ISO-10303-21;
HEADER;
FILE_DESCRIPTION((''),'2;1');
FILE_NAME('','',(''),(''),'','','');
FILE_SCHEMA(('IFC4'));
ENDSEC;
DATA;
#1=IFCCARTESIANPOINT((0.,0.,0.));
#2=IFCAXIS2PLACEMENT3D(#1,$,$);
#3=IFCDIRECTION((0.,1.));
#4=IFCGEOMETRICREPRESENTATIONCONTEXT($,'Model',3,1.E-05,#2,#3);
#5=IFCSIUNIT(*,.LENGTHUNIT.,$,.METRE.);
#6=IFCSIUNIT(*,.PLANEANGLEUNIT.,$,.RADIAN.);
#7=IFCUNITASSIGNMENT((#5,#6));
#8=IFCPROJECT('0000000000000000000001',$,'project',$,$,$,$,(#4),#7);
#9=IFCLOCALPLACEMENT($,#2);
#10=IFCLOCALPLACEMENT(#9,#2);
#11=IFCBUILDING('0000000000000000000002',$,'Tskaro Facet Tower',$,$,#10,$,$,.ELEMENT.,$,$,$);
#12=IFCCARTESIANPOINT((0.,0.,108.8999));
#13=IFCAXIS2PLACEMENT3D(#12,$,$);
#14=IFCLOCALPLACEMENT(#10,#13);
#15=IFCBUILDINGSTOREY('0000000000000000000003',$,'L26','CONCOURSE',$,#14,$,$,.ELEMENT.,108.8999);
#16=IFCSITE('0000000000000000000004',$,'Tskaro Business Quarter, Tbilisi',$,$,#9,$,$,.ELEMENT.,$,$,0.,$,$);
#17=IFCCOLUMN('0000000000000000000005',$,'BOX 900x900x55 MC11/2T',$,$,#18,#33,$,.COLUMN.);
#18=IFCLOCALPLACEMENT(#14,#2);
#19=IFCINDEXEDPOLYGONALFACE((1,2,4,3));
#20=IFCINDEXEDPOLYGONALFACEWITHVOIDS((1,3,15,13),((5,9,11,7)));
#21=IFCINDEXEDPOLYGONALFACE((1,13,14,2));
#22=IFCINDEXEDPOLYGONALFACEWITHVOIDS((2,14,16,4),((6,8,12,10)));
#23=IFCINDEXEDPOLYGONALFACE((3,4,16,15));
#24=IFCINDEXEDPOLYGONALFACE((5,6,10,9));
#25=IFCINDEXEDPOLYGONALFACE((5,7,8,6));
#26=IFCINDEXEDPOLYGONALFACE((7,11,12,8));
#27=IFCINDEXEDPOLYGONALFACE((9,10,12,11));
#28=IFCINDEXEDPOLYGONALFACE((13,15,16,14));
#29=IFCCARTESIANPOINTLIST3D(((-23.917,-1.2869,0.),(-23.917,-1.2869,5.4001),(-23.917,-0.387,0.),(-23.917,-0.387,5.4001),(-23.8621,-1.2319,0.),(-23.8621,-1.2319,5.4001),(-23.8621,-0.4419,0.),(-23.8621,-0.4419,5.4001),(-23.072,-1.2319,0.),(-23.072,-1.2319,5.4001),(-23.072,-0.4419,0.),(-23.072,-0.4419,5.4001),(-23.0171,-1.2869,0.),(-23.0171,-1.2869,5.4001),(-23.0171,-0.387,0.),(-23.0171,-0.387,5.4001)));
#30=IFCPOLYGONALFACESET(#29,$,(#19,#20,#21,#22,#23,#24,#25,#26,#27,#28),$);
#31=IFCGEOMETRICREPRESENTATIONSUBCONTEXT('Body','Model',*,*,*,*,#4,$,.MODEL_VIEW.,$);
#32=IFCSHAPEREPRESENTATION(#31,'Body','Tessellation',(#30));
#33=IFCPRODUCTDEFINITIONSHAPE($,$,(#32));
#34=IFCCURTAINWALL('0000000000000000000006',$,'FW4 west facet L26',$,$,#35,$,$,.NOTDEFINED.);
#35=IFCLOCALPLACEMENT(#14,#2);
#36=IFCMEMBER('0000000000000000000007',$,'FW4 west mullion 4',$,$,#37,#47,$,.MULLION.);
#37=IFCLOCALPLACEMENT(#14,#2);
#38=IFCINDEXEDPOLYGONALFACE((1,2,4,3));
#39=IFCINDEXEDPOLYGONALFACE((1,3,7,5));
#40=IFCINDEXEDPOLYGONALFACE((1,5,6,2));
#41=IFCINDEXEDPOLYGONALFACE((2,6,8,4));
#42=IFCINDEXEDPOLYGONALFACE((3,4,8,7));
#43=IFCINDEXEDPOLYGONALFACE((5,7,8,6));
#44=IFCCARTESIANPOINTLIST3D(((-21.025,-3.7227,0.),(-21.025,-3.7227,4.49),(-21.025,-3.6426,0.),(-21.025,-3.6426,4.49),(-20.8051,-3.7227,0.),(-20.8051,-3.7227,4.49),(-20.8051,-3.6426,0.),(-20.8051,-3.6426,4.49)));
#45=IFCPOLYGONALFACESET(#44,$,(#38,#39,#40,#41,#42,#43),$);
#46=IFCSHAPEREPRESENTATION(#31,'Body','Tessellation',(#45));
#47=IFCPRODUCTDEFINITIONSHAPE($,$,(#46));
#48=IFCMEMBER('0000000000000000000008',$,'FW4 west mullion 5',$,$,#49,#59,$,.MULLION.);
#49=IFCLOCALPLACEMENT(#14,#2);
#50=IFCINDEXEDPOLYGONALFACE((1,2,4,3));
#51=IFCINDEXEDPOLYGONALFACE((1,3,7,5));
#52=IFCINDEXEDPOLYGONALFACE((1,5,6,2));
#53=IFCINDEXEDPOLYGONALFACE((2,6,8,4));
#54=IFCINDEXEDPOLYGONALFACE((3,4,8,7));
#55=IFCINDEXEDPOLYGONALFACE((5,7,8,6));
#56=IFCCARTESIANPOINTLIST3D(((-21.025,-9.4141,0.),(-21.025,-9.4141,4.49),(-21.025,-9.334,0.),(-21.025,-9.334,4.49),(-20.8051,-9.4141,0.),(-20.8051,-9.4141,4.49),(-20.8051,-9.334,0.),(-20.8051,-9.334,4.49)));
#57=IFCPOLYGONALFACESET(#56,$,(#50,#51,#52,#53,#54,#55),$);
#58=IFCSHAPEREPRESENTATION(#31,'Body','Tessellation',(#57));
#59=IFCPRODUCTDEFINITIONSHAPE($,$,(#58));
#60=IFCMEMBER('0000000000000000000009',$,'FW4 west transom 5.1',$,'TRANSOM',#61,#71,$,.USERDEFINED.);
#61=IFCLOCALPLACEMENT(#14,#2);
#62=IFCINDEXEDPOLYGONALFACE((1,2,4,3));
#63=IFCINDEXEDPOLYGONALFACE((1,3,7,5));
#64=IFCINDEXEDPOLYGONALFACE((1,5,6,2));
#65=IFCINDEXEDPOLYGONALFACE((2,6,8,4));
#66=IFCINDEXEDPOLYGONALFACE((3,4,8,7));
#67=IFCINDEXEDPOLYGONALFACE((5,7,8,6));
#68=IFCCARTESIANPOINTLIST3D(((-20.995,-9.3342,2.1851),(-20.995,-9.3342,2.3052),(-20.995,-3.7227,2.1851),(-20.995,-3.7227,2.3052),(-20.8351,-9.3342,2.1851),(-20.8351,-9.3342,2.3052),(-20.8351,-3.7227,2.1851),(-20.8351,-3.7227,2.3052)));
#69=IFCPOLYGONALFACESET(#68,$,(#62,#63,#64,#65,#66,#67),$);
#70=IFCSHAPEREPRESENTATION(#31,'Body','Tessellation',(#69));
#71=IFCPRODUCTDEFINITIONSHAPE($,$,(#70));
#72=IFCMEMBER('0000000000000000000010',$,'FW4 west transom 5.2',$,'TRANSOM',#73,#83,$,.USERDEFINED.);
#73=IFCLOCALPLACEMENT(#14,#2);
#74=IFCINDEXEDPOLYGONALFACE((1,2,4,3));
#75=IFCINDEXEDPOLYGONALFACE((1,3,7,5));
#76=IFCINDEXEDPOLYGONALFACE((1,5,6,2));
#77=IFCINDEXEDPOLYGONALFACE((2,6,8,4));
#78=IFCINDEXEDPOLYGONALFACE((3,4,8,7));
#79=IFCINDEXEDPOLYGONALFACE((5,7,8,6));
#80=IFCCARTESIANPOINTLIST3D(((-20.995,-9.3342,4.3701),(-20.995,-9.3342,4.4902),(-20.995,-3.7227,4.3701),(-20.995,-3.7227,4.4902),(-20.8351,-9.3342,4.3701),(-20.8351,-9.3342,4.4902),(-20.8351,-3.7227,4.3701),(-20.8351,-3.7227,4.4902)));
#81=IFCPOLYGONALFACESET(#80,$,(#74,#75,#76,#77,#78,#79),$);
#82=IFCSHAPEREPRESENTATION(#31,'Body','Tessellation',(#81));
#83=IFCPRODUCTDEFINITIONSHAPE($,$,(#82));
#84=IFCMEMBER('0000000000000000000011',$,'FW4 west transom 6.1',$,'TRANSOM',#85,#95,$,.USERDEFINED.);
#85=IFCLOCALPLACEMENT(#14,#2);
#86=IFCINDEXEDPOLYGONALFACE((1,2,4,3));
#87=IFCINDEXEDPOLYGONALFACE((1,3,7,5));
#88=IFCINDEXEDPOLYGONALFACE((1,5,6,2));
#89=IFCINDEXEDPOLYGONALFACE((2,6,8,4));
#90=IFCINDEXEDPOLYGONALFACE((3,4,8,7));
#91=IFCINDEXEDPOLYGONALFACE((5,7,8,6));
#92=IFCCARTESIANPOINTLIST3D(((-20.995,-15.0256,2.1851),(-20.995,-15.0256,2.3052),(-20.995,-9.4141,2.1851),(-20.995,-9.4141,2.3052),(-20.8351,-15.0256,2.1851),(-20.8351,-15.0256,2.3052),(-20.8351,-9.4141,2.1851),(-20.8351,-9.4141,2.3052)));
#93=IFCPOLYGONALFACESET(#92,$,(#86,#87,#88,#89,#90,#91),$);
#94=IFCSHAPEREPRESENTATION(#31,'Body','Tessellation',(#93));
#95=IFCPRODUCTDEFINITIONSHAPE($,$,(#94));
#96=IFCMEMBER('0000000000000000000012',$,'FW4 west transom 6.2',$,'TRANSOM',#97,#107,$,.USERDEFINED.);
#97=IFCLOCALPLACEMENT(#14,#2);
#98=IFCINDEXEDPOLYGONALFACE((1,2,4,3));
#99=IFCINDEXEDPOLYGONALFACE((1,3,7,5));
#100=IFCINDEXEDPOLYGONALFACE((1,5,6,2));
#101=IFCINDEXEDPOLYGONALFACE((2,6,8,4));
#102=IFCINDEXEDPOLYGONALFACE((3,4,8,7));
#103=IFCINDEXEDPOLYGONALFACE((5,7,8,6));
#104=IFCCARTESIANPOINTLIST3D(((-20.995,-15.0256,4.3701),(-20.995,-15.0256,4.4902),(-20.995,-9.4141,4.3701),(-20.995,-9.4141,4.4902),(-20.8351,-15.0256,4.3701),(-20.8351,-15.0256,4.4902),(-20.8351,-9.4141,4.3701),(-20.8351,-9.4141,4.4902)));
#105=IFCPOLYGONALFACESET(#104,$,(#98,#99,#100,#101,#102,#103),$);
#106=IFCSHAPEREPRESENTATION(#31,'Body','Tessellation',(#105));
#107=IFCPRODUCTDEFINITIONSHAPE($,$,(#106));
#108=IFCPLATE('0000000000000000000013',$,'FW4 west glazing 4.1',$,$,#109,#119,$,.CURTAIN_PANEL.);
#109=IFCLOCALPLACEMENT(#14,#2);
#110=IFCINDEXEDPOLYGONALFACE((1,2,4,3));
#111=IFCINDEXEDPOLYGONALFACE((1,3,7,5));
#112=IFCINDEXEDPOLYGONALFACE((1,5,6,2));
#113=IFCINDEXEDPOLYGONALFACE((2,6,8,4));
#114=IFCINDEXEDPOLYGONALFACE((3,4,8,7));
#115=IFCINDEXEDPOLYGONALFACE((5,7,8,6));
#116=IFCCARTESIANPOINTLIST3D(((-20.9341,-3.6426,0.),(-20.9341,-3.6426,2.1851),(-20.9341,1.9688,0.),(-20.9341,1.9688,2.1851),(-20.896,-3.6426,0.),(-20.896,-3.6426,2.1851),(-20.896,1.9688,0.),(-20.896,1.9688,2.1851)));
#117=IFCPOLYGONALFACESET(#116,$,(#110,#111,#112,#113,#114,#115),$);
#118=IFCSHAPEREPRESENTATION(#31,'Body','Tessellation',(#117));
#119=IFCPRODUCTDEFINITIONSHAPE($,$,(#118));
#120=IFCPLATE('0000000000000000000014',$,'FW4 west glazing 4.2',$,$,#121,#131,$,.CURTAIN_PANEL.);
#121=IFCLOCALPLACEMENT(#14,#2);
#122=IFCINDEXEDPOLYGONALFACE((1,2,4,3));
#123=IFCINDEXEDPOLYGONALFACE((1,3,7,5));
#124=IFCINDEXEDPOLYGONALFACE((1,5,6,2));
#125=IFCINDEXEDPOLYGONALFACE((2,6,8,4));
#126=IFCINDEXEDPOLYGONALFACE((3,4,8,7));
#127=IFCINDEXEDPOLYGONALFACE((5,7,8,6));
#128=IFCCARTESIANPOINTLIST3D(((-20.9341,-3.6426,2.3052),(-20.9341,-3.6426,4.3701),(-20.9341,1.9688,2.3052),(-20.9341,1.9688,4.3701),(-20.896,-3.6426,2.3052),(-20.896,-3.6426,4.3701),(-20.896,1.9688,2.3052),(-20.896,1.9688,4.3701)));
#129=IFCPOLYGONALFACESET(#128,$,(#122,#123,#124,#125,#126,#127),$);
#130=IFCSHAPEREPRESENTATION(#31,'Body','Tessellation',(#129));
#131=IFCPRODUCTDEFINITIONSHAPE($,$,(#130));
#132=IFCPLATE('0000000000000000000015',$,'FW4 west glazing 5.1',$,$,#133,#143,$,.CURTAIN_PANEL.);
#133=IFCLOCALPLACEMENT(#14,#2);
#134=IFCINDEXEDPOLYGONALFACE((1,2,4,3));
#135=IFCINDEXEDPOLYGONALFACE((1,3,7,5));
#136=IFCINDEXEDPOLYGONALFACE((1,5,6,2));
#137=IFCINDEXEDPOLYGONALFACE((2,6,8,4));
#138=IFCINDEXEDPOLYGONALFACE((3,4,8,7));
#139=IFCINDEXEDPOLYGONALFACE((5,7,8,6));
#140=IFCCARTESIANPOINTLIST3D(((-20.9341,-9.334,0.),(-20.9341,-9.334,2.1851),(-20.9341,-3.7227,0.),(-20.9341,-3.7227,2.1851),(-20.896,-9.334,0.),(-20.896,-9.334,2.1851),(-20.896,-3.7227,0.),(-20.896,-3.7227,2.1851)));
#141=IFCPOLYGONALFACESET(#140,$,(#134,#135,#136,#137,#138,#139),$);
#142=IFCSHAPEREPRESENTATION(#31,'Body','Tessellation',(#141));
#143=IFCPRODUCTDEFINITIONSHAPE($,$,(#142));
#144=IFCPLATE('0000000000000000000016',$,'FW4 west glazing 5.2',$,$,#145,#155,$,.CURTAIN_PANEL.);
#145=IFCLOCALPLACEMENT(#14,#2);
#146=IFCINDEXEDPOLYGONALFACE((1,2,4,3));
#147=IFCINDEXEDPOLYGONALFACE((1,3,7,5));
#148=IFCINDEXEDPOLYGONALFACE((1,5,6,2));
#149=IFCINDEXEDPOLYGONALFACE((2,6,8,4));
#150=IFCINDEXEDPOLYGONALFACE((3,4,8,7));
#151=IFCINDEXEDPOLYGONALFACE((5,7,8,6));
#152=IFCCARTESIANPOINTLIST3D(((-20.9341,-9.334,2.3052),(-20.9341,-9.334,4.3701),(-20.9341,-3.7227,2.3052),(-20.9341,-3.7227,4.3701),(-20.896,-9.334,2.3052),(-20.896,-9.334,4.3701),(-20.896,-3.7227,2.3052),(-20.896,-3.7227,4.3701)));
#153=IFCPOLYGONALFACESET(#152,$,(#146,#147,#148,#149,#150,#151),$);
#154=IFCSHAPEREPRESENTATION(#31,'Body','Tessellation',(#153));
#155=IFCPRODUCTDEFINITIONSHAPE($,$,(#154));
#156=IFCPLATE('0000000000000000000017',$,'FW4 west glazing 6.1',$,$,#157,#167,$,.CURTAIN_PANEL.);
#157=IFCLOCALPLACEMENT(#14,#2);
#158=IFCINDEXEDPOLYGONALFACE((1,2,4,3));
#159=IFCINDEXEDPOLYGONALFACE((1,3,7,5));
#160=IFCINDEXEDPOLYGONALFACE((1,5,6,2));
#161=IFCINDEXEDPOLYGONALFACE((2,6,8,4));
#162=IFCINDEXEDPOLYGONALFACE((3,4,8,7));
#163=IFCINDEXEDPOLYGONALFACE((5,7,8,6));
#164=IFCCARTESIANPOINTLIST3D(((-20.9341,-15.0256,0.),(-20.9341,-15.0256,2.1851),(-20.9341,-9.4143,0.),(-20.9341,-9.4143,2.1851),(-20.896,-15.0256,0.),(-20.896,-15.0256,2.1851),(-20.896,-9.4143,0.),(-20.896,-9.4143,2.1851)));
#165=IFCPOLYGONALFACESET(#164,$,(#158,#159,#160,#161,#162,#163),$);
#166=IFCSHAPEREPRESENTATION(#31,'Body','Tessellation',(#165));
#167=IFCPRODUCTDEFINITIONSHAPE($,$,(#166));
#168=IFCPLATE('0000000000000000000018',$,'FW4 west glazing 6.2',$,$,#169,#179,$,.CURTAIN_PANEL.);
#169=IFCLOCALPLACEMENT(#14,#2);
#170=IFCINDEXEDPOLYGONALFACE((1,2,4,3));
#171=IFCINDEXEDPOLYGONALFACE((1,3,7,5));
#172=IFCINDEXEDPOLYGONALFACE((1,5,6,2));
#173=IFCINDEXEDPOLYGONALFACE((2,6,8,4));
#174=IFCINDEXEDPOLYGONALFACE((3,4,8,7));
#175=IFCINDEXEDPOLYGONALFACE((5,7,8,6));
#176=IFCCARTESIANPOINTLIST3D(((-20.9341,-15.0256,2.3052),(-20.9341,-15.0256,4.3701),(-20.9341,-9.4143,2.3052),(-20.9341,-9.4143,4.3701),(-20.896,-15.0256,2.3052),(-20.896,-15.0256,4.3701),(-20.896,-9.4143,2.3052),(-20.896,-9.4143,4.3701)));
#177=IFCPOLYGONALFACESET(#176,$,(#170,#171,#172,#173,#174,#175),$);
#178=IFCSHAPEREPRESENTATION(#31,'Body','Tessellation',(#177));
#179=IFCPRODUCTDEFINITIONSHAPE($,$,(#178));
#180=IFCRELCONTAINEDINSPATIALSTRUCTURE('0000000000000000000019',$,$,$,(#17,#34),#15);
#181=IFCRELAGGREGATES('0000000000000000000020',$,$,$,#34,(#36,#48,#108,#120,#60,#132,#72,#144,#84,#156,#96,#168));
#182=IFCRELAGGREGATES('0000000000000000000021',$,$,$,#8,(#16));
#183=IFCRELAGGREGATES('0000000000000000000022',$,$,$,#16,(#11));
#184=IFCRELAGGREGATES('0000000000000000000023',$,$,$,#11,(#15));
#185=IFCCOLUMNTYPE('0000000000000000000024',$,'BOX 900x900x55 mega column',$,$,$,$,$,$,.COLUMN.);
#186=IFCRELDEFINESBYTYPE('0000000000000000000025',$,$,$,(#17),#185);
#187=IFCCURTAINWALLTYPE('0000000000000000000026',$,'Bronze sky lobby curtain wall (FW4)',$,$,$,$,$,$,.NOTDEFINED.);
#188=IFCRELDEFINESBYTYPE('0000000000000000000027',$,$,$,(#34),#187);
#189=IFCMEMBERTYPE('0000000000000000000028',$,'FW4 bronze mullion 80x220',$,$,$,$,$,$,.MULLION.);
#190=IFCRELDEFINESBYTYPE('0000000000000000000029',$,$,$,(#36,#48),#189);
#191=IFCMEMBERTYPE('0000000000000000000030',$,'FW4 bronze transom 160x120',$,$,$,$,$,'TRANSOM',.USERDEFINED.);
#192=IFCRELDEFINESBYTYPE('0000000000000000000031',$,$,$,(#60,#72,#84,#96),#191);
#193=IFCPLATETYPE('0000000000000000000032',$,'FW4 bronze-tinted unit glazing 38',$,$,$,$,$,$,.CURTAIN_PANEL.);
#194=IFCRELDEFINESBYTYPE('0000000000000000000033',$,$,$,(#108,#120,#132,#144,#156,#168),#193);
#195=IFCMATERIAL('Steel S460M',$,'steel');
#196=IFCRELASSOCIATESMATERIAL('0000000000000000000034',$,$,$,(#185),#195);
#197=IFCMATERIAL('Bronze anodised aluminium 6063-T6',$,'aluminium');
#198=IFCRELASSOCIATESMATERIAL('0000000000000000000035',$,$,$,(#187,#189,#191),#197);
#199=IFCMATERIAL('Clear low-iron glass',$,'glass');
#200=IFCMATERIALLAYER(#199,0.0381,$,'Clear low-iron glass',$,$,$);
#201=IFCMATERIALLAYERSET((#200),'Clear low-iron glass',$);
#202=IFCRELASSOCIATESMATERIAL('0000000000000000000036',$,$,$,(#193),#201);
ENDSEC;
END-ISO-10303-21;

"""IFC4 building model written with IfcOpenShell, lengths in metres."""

from ifc_helpers import new_model, si_unit, direction, frame, origin, origin_2d, place, context, subcontext, project, spatial, rectangle, hollow_rectangle, extrude, material, layer, layer_set, material_profile, profile_set, type_object, element, aggregate, save


model = new_model("IFC4")

# Units and contexts
model_context = context("Model", 3, precision=1e-05, world=origin(), true_north=direction((0.0, 1.0)))
body_context = subcontext(model_context, "Body", "Model", "MODEL_VIEW")
ifc_project = project(units=[si_unit("LENGTHUNIT", "METRE"), si_unit("PLANEANGLEUNIT", "RADIAN")], contexts=[model_context])

# Site, building, storey
site_placement = place(None, origin())
site = spatial("IfcSite", under=ifc_project, at=site_placement, Name="Tskaro Business Quarter, Tbilisi", CompositionType="ELEMENT", RefElevation=0.0)
building_placement = place(site_placement, origin())
building = spatial("IfcBuilding", under=site, at=building_placement, Name="Tskaro Facet Tower", CompositionType="ELEMENT")
storey_placement = place(building_placement, frame((0.0, 0.0, 108.8999)))
storey = spatial("IfcBuildingStorey", under=building, at=storey_placement, Name="L26", Description="CONCOURSE", CompositionType="ELEMENT", Elevation=108.8999)

# Column
ifc_material_1 = material(Name="Steel S460M", Category="steel")
ifc_material_profile_1 = material_profile(ifc_material_1, hollow_rectangle(XDim=0.8999, YDim=0.8999, WallThickness=0.0549, at=origin_2d()), Name="BOX 900x900x55")
ifc_profile_set_1 = profile_set([ifc_material_profile_1], Name="Steel S460M")
column_type = type_object("IfcColumnType", Name="BOX 900x900x55 mega column", PredefinedType="COLUMN", material=ifc_profile_set_1)
column_placement = place(storey_placement, frame((-23.467, -0.8369, 0.0), z_axis=(0.0, 0.0, 1.0), x_axis=(1.0, 0.0, 0.0)))
element("IfcColumn", 1, at=column_placement, inside=storey, type_object=column_type, Name="BOX 900x900x55 MC11/2T", PredefinedType="COLUMN", context=body_context, shape_type="SweptSolid", body=[
    extrude(hollow_rectangle(XDim=0.8999, YDim=0.8999, WallThickness=0.0549, at=origin_2d()), origin(), (0.0, 0.0, 1.0), 5.4001),
])

# Curtain wall, members, plates
ifc_material_2 = material(Name="Bronze anodised aluminium 6063-T6", Category="aluminium")
curtain_wall_type = type_object("IfcCurtainWallType", Name="Bronze sky lobby curtain wall (FW4)", PredefinedType="NOTDEFINED", material=ifc_material_2)
curtain_wall_placement = place(storey_placement, origin())
curtain_wall = element("IfcCurtainWall", 2, at=curtain_wall_placement, inside=storey, type_object=curtain_wall_type, Name="FW4 west facet L26", PredefinedType="NOTDEFINED")
ifc_material_profile_2 = material_profile(ifc_material_2, rectangle(XDim=0.0801, YDim=0.22, at=origin_2d()), Name="Mullion 80x220")
ifc_profile_set_2 = profile_set([ifc_material_profile_2], Name="Bronze anodised aluminium 6063-T6")
member_type_1 = type_object("IfcMemberType", Name="FW4 bronze mullion 80x220", PredefinedType="MULLION", material=ifc_profile_set_2)
member_1_placement = place(storey_placement, frame((-20.915, -3.6826, 0.0), z_axis=(0.0, 0.0, 1.0), x_axis=(0.0, -1.0, 0.0)))
member_1 = element("IfcMember", 3, at=member_1_placement, type_object=member_type_1, Name="FW4 west mullion 4", PredefinedType="MULLION", context=body_context, shape_type="SweptSolid", body=[
    extrude(rectangle(XDim=0.0801, YDim=0.22, at=origin_2d()), origin(), (0.0, 0.0, 1.0), 4.49),
])
member_2_placement = place(storey_placement, frame((-20.915, -9.374, 0.0), z_axis=(0.0, 0.0, 1.0), x_axis=(0.0, -1.0, 0.0)))
member_2 = element("IfcMember", 4, at=member_2_placement, type_object=member_type_1, Name="FW4 west mullion 5", PredefinedType="MULLION", context=body_context, shape_type="SweptSolid", body=[
    extrude(rectangle(XDim=0.0801, YDim=0.22, at=origin_2d()), origin(), (0.0, 0.0, 1.0), 4.49),
])
ifc_material_profile_3 = material_profile(ifc_material_2, rectangle(XDim=0.1599, YDim=0.1201, at=origin_2d()), Name="Transom 160x120")
ifc_profile_set_3 = profile_set([ifc_material_profile_3], Name="Bronze anodised aluminium 6063-T6")
member_type_2 = type_object("IfcMemberType", Name="FW4 bronze transom 160x120", ElementType="TRANSOM", PredefinedType="USERDEFINED", material=ifc_profile_set_3)
member_3_placement = place(storey_placement, frame((-20.915, -3.7227, 2.2451), z_axis=(0.0, -1.0, 0.0), x_axis=(1.0, 0.0, 0.0)))
member_3 = element("IfcMember", 5, at=member_3_placement, type_object=member_type_2, Name="FW4 west transom 5.1", ObjectType="TRANSOM", PredefinedType="USERDEFINED", context=body_context, shape_type="SweptSolid", body=[
    extrude(rectangle(XDim=0.1599, YDim=0.1201, at=origin_2d()), origin(), (0.0, 0.0, 1.0), 5.6116),
])
member_4_placement = place(storey_placement, frame((-20.915, -3.7227, 4.4302), z_axis=(0.0, -1.0, 0.0), x_axis=(1.0, 0.0, 0.0)))
member_4 = element("IfcMember", 6, at=member_4_placement, type_object=member_type_2, Name="FW4 west transom 5.2", ObjectType="TRANSOM", PredefinedType="USERDEFINED", context=body_context, shape_type="SweptSolid", body=[
    extrude(rectangle(XDim=0.1599, YDim=0.1201, at=origin_2d()), origin(), (0.0, 0.0, 1.0), 5.6116),
])
member_5_placement = place(storey_placement, frame((-20.915, -9.4141, 2.2451), z_axis=(0.0, -1.0, 0.0), x_axis=(1.0, 0.0, 0.0)))
member_5 = element("IfcMember", 7, at=member_5_placement, type_object=member_type_2, Name="FW4 west transom 6.1", ObjectType="TRANSOM", PredefinedType="USERDEFINED", context=body_context, shape_type="SweptSolid", body=[
    extrude(rectangle(XDim=0.1599, YDim=0.1201, at=origin_2d()), origin(), (0.0, 0.0, 1.0), 5.6116),
])
member_6_placement = place(storey_placement, frame((-20.915, -9.4141, 4.4302), z_axis=(0.0, -1.0, 0.0), x_axis=(1.0, 0.0, 0.0)))
member_6 = element("IfcMember", 8, at=member_6_placement, type_object=member_type_2, Name="FW4 west transom 6.2", ObjectType="TRANSOM", PredefinedType="USERDEFINED", context=body_context, shape_type="SweptSolid", body=[
    extrude(rectangle(XDim=0.1599, YDim=0.1201, at=origin_2d()), origin(), (0.0, 0.0, 1.0), 5.6116),
])
ifc_material_3 = material(Name="Clear low-iron glass", Category="glass")
ifc_layer = layer(ifc_material_3, 0.0381, Name="Clear low-iron glass")
ifc_layer_set = layer_set([ifc_layer], Name="Clear low-iron glass")
plate_type = type_object("IfcPlateType", Name="FW4 bronze-tinted unit glazing 38", PredefinedType="CURTAIN_PANEL", material=ifc_layer_set)
plate_1_placement = place(storey_placement, frame((-20.915, -0.8369, 0.0), z_axis=(0.0, 0.0, 1.0), x_axis=(0.0, -1.0, 0.0)))
plate_1 = element("IfcPlate", 9, at=plate_1_placement, type_object=plate_type, Name="FW4 west glazing 4.1", PredefinedType="CURTAIN_PANEL", context=body_context, shape_type="SweptSolid", body=[
    extrude(rectangle(XDim=5.6113, YDim=0.0381, at=origin_2d()), origin(), (0.0, 0.0, 1.0), 2.1851),
])
plate_2_placement = place(storey_placement, frame((-20.915, -0.8369, 2.3052), z_axis=(0.0, 0.0, 1.0), x_axis=(0.0, -1.0, 0.0)))
plate_2 = element("IfcPlate", 10, at=plate_2_placement, type_object=plate_type, Name="FW4 west glazing 4.2", PredefinedType="CURTAIN_PANEL", context=body_context, shape_type="SweptSolid", body=[
    extrude(rectangle(XDim=5.6113, YDim=0.0381, at=origin_2d()), origin(), (0.0, 0.0, 1.0), 2.0649),
])
plate_3_placement = place(storey_placement, frame((-20.915, -6.5283, 0.0), z_axis=(0.0, 0.0, 1.0), x_axis=(0.0, -1.0, 0.0)))
plate_3 = element("IfcPlate", 11, at=plate_3_placement, type_object=plate_type, Name="FW4 west glazing 5.1", PredefinedType="CURTAIN_PANEL", context=body_context, shape_type="SweptSolid", body=[
    extrude(rectangle(XDim=5.6113, YDim=0.0381, at=origin_2d()), origin(), (0.0, 0.0, 1.0), 2.1851),
])
plate_4_placement = place(storey_placement, frame((-20.915, -6.5283, 2.3052), z_axis=(0.0, 0.0, 1.0), x_axis=(0.0, -1.0, 0.0)))
plate_4 = element("IfcPlate", 12, at=plate_4_placement, type_object=plate_type, Name="FW4 west glazing 5.2", PredefinedType="CURTAIN_PANEL", context=body_context, shape_type="SweptSolid", body=[
    extrude(rectangle(XDim=5.6113, YDim=0.0381, at=origin_2d()), origin(), (0.0, 0.0, 1.0), 2.0649),
])
plate_5_placement = place(storey_placement, frame((-20.915, -12.22, 0.0), z_axis=(0.0, 0.0, 1.0), x_axis=(0.0, -1.0, 0.0)))
plate_5 = element("IfcPlate", 13, at=plate_5_placement, type_object=plate_type, Name="FW4 west glazing 6.1", PredefinedType="CURTAIN_PANEL", context=body_context, shape_type="SweptSolid", body=[
    extrude(rectangle(XDim=5.6113, YDim=0.0381, at=origin_2d()), origin(), (0.0, 0.0, 1.0), 2.1851),
])
plate_6_placement = place(storey_placement, frame((-20.915, -12.22, 2.3052), z_axis=(0.0, 0.0, 1.0), x_axis=(0.0, -1.0, 0.0)))
plate_6 = element("IfcPlate", 14, at=plate_6_placement, type_object=plate_type, Name="FW4 west glazing 6.2", PredefinedType="CURTAIN_PANEL", context=body_context, shape_type="SweptSolid", body=[
    extrude(rectangle(XDim=5.6113, YDim=0.0381, at=origin_2d()), origin(), (0.0, 0.0, 1.0), 2.0649),
])
aggregate(curtain_wall, [member_1, member_2, plate_1, plate_2, member_3, plate_3, member_4, plate_4, member_5, plate_5, member_6, plate_6])

save(model, "model.ifc")
